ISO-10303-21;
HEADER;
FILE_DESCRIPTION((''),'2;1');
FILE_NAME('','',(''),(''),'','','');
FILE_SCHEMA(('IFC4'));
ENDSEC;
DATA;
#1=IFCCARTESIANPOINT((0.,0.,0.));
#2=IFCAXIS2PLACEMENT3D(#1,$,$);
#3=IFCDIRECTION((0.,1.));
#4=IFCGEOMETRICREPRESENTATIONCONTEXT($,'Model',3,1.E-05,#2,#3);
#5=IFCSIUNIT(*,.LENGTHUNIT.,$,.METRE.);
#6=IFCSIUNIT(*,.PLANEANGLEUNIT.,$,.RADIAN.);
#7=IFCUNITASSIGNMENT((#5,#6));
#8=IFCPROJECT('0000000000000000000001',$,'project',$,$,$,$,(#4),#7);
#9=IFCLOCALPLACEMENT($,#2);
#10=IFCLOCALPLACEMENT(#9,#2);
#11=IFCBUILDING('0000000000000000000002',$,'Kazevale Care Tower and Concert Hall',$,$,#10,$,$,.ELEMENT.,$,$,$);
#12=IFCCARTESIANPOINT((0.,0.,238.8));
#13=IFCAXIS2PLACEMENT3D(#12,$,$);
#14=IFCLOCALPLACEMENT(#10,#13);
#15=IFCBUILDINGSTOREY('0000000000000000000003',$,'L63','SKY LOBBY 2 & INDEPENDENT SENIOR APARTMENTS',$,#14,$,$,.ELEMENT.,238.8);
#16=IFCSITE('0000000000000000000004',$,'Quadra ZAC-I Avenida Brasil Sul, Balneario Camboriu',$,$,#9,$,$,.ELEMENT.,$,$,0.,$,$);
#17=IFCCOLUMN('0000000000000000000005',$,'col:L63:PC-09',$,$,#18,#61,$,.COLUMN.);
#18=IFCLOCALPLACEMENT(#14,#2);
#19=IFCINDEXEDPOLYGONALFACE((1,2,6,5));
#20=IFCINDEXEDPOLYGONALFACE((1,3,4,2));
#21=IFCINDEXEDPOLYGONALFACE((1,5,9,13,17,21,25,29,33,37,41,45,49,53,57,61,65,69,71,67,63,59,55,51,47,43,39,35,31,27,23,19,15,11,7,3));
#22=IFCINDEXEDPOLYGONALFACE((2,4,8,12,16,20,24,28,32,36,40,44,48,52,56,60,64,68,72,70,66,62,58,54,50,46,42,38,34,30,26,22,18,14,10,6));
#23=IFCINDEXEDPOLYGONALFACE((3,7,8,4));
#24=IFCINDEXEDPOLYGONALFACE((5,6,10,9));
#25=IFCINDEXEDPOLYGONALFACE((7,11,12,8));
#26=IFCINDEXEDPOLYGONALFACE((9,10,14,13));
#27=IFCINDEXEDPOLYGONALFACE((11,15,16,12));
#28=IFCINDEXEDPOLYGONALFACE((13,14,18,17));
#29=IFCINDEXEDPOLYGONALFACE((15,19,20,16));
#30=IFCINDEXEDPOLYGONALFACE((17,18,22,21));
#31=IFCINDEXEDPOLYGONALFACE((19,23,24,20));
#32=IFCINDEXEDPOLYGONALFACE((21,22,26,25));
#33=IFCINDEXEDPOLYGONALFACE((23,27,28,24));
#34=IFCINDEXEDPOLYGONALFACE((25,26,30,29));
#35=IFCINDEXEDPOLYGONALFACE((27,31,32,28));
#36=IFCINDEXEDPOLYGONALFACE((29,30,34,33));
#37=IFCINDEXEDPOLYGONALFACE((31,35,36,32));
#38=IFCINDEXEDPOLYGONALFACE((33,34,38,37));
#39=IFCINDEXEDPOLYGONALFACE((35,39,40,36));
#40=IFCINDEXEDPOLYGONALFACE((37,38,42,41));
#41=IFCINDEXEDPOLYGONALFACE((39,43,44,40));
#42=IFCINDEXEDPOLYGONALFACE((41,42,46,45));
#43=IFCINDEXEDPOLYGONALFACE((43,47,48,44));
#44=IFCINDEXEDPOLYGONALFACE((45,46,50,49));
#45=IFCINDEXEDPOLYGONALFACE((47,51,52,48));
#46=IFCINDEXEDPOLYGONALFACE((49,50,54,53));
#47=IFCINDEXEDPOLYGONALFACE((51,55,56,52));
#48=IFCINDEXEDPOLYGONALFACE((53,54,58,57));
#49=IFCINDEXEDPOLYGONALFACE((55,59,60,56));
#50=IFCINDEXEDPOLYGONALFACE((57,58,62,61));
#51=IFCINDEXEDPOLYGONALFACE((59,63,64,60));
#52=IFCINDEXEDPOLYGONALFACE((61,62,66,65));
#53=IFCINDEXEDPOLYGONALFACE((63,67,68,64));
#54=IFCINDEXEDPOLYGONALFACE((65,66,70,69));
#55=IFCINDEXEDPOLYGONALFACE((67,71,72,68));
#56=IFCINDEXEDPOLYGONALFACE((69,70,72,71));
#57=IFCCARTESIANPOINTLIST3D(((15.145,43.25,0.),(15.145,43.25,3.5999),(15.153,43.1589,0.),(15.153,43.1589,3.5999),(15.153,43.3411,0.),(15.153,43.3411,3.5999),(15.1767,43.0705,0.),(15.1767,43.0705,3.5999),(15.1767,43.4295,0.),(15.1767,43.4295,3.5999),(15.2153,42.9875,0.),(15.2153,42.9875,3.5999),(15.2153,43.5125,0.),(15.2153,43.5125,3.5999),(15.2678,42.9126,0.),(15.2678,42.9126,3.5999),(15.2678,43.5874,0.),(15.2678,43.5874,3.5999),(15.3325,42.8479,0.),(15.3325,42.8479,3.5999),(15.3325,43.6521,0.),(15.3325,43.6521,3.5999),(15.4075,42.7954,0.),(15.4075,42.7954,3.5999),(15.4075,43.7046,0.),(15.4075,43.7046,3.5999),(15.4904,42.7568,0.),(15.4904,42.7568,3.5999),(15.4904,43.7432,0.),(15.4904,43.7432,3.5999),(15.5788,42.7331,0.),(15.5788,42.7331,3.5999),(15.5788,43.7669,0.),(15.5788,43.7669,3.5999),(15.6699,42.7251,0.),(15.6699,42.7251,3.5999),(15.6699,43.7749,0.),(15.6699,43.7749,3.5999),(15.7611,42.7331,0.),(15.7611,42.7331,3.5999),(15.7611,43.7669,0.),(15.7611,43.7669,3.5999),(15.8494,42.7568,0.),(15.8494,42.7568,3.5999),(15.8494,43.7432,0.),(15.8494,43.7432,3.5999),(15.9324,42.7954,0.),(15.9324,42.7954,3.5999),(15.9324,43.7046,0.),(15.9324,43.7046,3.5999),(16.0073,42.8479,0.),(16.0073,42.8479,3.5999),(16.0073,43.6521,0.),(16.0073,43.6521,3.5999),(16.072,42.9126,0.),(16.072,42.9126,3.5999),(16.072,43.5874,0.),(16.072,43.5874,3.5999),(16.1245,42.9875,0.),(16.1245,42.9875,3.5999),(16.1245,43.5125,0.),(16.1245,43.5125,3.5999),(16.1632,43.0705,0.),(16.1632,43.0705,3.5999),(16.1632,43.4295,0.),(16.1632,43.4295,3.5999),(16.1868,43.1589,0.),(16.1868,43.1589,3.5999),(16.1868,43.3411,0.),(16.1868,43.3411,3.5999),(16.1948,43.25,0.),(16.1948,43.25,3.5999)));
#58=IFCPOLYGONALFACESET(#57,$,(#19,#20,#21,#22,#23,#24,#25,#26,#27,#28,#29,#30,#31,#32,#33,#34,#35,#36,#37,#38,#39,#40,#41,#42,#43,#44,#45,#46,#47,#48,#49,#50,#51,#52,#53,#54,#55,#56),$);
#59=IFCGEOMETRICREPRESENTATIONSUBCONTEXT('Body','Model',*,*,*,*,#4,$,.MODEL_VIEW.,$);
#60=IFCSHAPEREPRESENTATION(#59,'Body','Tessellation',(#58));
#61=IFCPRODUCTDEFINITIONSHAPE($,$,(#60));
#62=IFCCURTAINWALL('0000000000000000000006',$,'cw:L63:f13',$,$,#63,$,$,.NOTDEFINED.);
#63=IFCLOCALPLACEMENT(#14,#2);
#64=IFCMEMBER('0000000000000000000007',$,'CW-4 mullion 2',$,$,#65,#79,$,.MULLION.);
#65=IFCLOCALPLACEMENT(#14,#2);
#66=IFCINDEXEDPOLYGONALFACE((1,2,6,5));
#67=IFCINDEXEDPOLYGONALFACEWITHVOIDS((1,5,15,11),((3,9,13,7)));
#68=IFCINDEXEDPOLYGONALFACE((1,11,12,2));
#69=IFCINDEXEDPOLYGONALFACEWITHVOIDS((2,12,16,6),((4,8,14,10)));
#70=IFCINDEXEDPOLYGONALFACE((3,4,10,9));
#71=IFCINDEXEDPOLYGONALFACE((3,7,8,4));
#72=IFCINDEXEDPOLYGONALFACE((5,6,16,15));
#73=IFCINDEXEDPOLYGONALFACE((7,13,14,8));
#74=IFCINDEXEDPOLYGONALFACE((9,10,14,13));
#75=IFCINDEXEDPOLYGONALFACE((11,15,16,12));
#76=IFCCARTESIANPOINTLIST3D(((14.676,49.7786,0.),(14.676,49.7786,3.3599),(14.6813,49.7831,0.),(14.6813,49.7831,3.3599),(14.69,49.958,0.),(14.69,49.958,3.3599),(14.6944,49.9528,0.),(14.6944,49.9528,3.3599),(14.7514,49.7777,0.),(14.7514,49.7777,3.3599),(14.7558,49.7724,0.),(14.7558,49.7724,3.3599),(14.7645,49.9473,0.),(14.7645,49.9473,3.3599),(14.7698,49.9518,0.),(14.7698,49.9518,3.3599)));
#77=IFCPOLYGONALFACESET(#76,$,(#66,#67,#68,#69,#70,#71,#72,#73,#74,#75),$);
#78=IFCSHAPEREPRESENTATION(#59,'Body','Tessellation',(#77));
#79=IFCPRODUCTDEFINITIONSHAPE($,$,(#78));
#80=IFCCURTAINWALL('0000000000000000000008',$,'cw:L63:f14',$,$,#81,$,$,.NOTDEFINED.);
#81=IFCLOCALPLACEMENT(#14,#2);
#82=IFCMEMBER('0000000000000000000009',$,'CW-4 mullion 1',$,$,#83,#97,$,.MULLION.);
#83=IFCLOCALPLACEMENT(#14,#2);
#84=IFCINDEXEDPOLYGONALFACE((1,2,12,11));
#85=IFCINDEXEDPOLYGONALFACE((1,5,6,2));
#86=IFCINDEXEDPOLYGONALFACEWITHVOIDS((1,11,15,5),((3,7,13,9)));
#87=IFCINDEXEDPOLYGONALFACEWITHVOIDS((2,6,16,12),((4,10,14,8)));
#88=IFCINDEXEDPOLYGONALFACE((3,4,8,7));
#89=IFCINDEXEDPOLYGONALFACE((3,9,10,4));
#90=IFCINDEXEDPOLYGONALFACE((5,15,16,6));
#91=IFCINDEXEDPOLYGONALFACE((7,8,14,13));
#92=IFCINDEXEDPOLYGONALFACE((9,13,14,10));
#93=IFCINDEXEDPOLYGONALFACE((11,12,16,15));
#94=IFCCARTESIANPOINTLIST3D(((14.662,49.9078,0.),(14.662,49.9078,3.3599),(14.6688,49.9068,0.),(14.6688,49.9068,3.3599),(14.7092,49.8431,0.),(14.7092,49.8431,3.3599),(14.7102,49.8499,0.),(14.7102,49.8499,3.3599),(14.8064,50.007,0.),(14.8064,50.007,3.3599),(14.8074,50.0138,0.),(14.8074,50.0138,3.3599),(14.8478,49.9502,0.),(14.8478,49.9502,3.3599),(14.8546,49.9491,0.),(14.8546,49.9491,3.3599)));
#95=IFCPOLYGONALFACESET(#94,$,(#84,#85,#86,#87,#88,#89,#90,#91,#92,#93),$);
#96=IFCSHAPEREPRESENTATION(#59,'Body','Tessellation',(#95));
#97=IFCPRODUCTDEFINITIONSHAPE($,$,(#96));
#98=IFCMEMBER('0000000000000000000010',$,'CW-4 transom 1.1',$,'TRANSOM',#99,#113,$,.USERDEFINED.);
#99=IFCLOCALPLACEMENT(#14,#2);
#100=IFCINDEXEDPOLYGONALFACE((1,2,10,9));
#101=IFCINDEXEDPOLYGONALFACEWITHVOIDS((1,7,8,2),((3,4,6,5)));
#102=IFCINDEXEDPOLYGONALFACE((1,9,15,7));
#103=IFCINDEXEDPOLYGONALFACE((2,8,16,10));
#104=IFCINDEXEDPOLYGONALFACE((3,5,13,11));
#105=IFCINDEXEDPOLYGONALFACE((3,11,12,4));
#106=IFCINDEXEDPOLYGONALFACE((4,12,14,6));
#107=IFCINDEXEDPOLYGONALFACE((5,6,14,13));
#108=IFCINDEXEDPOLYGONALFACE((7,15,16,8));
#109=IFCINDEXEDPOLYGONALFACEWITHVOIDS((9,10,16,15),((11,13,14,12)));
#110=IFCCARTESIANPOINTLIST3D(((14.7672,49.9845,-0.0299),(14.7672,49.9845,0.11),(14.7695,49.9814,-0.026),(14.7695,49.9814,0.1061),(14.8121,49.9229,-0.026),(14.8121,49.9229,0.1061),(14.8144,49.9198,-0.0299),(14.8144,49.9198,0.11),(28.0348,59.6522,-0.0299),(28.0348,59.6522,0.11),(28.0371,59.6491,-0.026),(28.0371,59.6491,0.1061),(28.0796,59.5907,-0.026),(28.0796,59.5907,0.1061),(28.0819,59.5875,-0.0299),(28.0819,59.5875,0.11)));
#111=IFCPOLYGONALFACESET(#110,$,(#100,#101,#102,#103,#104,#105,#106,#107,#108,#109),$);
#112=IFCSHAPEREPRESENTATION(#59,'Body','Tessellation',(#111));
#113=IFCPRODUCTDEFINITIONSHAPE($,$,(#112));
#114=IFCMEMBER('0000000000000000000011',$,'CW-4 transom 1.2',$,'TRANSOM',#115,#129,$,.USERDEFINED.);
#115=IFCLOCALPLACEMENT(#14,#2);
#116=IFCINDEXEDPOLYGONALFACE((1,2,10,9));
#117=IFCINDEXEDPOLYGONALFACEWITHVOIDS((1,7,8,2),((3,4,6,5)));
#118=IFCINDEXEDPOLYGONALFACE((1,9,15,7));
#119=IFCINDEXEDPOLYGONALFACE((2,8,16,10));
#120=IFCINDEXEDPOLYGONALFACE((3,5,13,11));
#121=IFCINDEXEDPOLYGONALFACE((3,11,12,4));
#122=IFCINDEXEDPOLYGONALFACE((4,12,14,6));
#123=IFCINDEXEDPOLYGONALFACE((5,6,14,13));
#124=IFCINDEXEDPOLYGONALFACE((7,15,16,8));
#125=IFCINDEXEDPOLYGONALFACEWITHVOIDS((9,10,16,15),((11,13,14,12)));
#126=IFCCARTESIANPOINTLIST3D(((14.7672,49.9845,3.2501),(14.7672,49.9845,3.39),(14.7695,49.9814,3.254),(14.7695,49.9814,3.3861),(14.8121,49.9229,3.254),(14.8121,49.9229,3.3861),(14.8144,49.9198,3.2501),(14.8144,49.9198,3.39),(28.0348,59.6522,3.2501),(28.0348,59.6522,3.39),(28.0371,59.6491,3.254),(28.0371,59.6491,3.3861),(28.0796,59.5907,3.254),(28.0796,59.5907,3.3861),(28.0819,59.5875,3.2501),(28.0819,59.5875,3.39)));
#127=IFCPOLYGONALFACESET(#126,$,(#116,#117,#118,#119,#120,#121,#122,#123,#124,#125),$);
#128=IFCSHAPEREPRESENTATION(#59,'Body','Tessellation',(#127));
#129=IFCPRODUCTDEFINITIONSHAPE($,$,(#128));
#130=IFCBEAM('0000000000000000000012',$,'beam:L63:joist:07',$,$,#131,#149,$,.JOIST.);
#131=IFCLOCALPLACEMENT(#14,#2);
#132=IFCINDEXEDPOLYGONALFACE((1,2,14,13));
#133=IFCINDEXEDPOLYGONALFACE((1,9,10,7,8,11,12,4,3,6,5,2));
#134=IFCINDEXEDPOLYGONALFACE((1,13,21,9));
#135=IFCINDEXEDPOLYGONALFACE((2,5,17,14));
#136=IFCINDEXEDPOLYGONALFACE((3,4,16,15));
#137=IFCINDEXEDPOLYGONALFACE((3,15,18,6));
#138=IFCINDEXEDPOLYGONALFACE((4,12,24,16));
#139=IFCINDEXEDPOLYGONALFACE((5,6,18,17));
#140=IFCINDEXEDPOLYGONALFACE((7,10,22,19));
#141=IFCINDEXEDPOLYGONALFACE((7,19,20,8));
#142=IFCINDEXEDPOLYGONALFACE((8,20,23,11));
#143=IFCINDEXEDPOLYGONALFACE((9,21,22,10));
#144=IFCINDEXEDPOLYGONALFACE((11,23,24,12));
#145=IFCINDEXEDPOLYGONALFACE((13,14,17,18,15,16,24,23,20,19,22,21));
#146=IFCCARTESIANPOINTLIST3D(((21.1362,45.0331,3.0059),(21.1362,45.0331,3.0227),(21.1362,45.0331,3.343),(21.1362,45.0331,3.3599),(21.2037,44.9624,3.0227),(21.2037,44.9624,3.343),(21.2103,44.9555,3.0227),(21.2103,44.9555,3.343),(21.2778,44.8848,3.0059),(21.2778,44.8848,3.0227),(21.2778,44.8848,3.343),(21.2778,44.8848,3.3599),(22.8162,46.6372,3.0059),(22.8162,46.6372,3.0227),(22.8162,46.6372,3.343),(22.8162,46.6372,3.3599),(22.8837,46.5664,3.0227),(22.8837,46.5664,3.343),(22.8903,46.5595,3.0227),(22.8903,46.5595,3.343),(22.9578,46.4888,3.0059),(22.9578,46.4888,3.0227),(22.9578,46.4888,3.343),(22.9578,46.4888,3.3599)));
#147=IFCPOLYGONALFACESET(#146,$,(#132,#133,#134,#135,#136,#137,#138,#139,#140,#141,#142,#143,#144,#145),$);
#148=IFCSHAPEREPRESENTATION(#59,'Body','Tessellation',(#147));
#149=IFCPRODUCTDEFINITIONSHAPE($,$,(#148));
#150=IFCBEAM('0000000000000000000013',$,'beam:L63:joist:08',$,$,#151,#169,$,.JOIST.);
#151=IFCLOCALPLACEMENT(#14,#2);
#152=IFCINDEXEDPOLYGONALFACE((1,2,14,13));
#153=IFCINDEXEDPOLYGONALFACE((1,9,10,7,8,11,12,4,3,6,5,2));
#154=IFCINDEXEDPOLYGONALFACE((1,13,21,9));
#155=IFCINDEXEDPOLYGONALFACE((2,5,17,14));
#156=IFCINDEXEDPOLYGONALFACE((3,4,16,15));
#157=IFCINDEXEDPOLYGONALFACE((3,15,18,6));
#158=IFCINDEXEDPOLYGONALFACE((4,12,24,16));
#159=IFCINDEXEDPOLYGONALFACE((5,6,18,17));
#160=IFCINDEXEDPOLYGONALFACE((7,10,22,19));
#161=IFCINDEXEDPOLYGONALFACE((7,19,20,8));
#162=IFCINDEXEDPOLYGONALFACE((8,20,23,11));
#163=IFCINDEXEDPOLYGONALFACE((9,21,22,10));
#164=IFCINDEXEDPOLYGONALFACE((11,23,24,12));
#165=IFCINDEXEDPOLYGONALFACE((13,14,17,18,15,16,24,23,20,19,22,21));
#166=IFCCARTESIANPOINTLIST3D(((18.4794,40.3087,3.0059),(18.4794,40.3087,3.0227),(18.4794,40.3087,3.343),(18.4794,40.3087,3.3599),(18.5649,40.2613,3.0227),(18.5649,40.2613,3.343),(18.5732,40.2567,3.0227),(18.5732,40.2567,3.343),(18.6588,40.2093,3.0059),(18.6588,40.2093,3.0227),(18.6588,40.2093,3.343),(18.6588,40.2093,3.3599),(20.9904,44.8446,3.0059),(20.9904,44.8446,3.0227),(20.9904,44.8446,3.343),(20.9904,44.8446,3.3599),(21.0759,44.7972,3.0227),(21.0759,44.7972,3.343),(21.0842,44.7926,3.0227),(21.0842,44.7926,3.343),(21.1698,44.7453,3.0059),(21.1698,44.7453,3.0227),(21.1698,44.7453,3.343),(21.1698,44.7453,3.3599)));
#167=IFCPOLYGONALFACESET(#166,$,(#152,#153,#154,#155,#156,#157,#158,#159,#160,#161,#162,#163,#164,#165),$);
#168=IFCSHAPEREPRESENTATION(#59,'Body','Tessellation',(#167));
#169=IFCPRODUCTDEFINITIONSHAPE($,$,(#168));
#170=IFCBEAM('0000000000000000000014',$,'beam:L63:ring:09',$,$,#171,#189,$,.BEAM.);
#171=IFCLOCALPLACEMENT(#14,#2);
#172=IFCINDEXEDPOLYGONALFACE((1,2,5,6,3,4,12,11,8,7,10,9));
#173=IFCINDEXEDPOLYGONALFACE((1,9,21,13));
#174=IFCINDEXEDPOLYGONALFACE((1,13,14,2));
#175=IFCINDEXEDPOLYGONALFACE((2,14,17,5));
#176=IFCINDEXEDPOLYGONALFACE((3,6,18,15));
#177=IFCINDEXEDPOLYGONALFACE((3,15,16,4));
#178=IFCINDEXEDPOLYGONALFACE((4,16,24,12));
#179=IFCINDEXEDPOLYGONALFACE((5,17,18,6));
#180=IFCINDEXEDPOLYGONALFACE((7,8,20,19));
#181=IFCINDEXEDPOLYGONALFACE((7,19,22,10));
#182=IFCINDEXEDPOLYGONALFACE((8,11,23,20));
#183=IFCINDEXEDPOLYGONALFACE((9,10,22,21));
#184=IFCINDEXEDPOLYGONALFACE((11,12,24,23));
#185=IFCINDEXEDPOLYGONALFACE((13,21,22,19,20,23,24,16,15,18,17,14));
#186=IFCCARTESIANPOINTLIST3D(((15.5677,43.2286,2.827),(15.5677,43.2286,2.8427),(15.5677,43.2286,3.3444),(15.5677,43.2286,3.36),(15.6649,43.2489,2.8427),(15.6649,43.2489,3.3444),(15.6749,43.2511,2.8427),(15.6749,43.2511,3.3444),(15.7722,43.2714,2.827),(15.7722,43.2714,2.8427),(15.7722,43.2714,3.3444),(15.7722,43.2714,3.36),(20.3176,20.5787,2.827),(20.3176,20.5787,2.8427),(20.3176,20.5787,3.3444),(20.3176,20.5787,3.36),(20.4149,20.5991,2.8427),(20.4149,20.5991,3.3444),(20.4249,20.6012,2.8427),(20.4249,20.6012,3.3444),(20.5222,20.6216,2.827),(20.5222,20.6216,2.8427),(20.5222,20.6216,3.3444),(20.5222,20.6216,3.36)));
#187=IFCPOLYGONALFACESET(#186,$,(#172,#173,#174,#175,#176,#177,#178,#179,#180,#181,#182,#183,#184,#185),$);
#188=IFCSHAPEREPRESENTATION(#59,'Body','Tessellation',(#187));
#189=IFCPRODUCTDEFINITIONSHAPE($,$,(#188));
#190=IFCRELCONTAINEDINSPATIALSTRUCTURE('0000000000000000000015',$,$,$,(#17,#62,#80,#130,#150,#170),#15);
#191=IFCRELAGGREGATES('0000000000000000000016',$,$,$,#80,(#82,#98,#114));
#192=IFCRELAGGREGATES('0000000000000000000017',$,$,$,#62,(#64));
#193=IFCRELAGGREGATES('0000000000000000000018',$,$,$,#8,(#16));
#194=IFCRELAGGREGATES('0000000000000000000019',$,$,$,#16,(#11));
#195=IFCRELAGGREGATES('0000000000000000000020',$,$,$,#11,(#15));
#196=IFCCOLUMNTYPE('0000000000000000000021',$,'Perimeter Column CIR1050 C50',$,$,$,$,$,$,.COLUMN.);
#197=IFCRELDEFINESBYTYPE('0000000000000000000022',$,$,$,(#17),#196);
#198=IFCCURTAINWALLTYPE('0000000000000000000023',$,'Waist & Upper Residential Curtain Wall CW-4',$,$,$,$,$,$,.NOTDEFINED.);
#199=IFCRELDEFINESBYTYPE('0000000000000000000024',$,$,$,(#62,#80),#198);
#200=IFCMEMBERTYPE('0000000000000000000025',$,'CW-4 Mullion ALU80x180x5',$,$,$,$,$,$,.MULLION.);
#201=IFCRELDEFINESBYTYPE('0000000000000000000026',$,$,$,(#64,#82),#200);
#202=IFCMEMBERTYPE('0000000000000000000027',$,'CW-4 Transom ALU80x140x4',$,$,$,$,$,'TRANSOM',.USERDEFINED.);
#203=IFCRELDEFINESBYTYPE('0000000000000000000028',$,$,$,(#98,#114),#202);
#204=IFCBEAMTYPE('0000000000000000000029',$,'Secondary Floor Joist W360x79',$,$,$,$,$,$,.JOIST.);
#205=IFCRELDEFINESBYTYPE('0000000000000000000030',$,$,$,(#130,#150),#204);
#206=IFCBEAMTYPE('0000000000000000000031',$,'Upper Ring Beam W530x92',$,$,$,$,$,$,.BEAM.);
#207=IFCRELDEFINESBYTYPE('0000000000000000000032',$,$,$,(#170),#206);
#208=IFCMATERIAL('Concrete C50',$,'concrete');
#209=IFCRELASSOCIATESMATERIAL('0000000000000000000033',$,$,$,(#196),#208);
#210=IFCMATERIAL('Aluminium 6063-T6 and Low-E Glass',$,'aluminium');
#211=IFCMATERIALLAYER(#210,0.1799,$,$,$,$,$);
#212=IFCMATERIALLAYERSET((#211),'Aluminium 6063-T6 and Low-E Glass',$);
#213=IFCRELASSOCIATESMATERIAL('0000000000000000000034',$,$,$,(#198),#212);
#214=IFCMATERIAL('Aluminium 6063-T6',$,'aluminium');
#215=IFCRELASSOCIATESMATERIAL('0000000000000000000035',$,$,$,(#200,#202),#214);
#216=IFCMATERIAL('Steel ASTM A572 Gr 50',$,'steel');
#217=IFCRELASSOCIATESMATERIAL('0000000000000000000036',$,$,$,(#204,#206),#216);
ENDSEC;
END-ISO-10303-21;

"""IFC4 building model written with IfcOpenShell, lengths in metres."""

from ifc_helpers import new_model, si_unit, direction, frame, origin, origin_2d, place, context, subcontext, project, spatial, hollow_rectangle, circle, i_section, extrude, material, layer, layer_set, material_profile, profile_set, type_object, element, aggregate, save


model = new_model("IFC4")

# Units and contexts
model_context = context("Model", 3, precision=1e-05, world=origin(), true_north=direction((0.0, 1.0)))
body_context = subcontext(model_context, "Body", "Model", "MODEL_VIEW")
ifc_project = project(units=[si_unit("LENGTHUNIT", "METRE"), si_unit("PLANEANGLEUNIT", "RADIAN")], contexts=[model_context])

# Site, building, storey
site_placement = place(None, origin())
site = spatial("IfcSite", under=ifc_project, at=site_placement, Name="Quadra ZAC-I Avenida Brasil Sul, Balneario Camboriu", CompositionType="ELEMENT", RefElevation=0.0)
building_placement = place(site_placement, origin())
building = spatial("IfcBuilding", under=site, at=building_placement, Name="Kazevale Care Tower and Concert Hall", CompositionType="ELEMENT")
storey_placement = place(building_placement, frame((0.0, 0.0, 238.8)))
storey = spatial("IfcBuildingStorey", under=building, at=storey_placement, Name="L63", Description="SKY LOBBY 2 & INDEPENDENT SENIOR APARTMENTS", CompositionType="ELEMENT", Elevation=238.8)

# Column
ifc_material_1 = material(Name="Concrete C50", Category="concrete")
ifc_material_profile_1 = material_profile(ifc_material_1, circle(Radius=0.5249, at=origin_2d()), Name="RC-CIR1050")
ifc_profile_set_1 = profile_set([ifc_material_profile_1], Name="Concrete C50")
column_type = type_object("IfcColumnType", Name="Perimeter Column CIR1050 C50", PredefinedType="COLUMN", material=ifc_profile_set_1)
column_placement = place(storey_placement, frame((15.6699, 43.25, 0.0), z_axis=(0.0, 0.0, 1.0), x_axis=(1.0, 0.0, 0.0)))
element("IfcColumn", 1, at=column_placement, inside=storey, type_object=column_type, Name="col:L63:PC-09", PredefinedType="COLUMN", context=body_context, shape_type="SweptSolid", body=[
    extrude(circle(Radius=0.5249, at=origin_2d()), origin(), (0.0, 0.0, 1.0), 3.5999),
])

# Curtain wall, member
ifc_material_2 = material(Name="Aluminium 6063-T6 and Low-E Glass", Category="aluminium")
ifc_layer_1 = layer(ifc_material_2, 0.1799)
ifc_layer_set_1 = layer_set([ifc_layer_1], Name="Aluminium 6063-T6 and Low-E Glass")
curtain_wall_type = type_object("IfcCurtainWallType", Name="Waist & Upper Residential Curtain Wall CW-4", PredefinedType="NOTDEFINED", material=ifc_layer_set_1)
curtain_wall_1_placement = place(storey_placement, origin())
curtain_wall_1 = element("IfcCurtainWall", 2, at=curtain_wall_1_placement, inside=storey, type_object=curtain_wall_type, Name="cw:L63:f13", PredefinedType="NOTDEFINED")
ifc_material_3 = material(Name="Aluminium 6063-T6", Category="aluminium")
ifc_material_profile_2 = material_profile(ifc_material_3, hollow_rectangle(XDim=0.0801, YDim=0.1799, WallThickness=0.0049, at=origin_2d()), Name="ALU80x180x5")
ifc_profile_set_2 = profile_set([ifc_material_profile_2], Name="Aluminium 6063-T6")
member_type_1 = type_object("IfcMemberType", Name="CW-4 Mullion ALU80x180x5", PredefinedType="MULLION", material=ifc_profile_set_2)
member_1_placement = place(storey_placement, frame((14.7229, 49.8652, 0.0), z_axis=(0.0, 0.0, 1.0), x_axis=(-0.996989, 0.077539, 0.0)))
member_1 = element("IfcMember", 3, at=member_1_placement, type_object=member_type_1, Name="CW-4 mullion 2", PredefinedType="MULLION", context=body_context, shape_type="SweptSolid", body=[
    extrude(hollow_rectangle(XDim=0.0801, YDim=0.1799, WallThickness=0.0049, at=origin_2d()), origin(), (0.0, 0.0, 1.0), 3.3599),
])

# Curtain wall, members
curtain_wall_2_placement = place(storey_placement, origin())
curtain_wall_2 = element("IfcCurtainWall", 4, at=curtain_wall_2_placement, inside=storey, type_object=curtain_wall_type, Name="cw:L63:f14", PredefinedType="NOTDEFINED")
member_2_placement = place(storey_placement, frame((14.7583, 49.9285, 0.0), z_axis=(0.0, 0.0, 1.0), x_axis=(-0.58891, 0.808198, 0.0)))
member_2 = element("IfcMember", 5, at=member_2_placement, type_object=member_type_1, Name="CW-4 mullion 1", PredefinedType="MULLION", context=body_context, shape_type="SweptSolid", body=[
    extrude(hollow_rectangle(XDim=0.0801, YDim=0.1799, WallThickness=0.0049, at=origin_2d()), origin(), (0.0, 0.0, 1.0), 3.3599),
])
ifc_material_profile_3 = material_profile(ifc_material_3, hollow_rectangle(XDim=0.0801, YDim=0.1399, WallThickness=0.0039, at=origin_2d()), Name="ALU80x140x4")
ifc_profile_set_3 = profile_set([ifc_material_profile_3], Name="Aluminium 6063-T6")
member_type_2 = type_object("IfcMemberType", Name="CW-4 Transom ALU80x140x4", ElementType="TRANSOM", PredefinedType="USERDEFINED", material=ifc_profile_set_3)
member_3_placement = place(storey_placement, frame((14.7908, 49.9521, 0.04), z_axis=(0.808197, 0.588912, 0.0), x_axis=(-0.588912, 0.808197, 0.0)))
member_3 = element("IfcMember", 6, at=member_3_placement, type_object=member_type_2, Name="CW-4 transom 1.1", ObjectType="TRANSOM", PredefinedType="USERDEFINED", context=body_context, shape_type="SweptSolid", body=[
    extrude(hollow_rectangle(XDim=0.0801, YDim=0.1399, WallThickness=0.0039, at=origin_2d()), origin(), (0.0, 0.0, 1.0), 16.4163),
])
member_4_placement = place(storey_placement, frame((14.7908, 49.9521, 3.3201), z_axis=(0.808197, 0.588912, 0.0), x_axis=(-0.588912, 0.808197, 0.0)))
member_4 = element("IfcMember", 7, at=member_4_placement, type_object=member_type_2, Name="CW-4 transom 1.2", ObjectType="TRANSOM", PredefinedType="USERDEFINED", context=body_context, shape_type="SweptSolid", body=[
    extrude(hollow_rectangle(XDim=0.0801, YDim=0.1399, WallThickness=0.0039, at=origin_2d()), origin(), (0.0, 0.0, 1.0), 16.4163),
])
aggregate(curtain_wall_2, [member_2, member_3, member_4])

# Beams
ifc_material_4 = material(Name="Steel ASTM A572 Gr 50", Category="steel")
ifc_material_profile_4 = material_profile(ifc_material_4, i_section(OverallWidth=0.2051, OverallDepth=0.354, WebThickness=0.0095, FlangeThickness=0.0168, at=origin_2d()), Name="W360x79")
ifc_profile_set_4 = profile_set([ifc_material_profile_4], Name="Steel ASTM A572 Gr 50")
beam_type_1 = type_object("IfcBeamType", Name="Secondary Floor Joist W360x79", PredefinedType="JOIST", material=ifc_profile_set_4)
beam_1_placement = place(storey_placement, frame((22.887, 46.563, 3.1829), z_axis=(-0.723262, -0.690573, 0.0), x_axis=(0.690573, -0.723262, 0.0)))
element("IfcBeam", 8, at=beam_1_placement, inside=storey, type_object=beam_type_1, Name="beam:L63:joist:07", PredefinedType="JOIST", context=body_context, shape_type="SweptSolid", body=[
    extrude(i_section(OverallWidth=0.2051, OverallDepth=0.354, WebThickness=0.0095, FlangeThickness=0.0168, at=origin_2d()), origin(), (0.0, 0.0, 1.0), 2.3228),
])
beam_2_placement = place(storey_placement, frame((21.0801, 44.7949, 3.1829), z_axis=(-0.484323, -0.874889, 0.0), x_axis=(0.874889, -0.484323, 0.0)))
element("IfcBeam", 9, at=beam_2_placement, inside=storey, type_object=beam_type_1, Name="beam:L63:joist:08", PredefinedType="JOIST", context=body_context, shape_type="SweptSolid", body=[
    extrude(i_section(OverallWidth=0.2051, OverallDepth=0.354, WebThickness=0.0095, FlangeThickness=0.0168, at=origin_2d()), origin(), (0.0, 0.0, 1.0), 5.1846),
])
ifc_material_profile_5 = material_profile(ifc_material_4, i_section(OverallWidth=0.209, OverallDepth=0.533, WebThickness=0.0103, FlangeThickness=0.0156, at=origin_2d()), Name="W530x92")
ifc_profile_set_5 = profile_set([ifc_material_profile_5], Name="Steel ASTM A572 Gr 50")
beam_type_2 = type_object("IfcBeamType", Name="Upper Ring Beam W530x92", PredefinedType="BEAM", material=ifc_profile_set_5)
beam_3_placement = place(storey_placement, frame((15.6699, 43.25, 3.0935), z_axis=(0.205249, -0.97871, 0.0), x_axis=(0.97871, 0.205249, 0.0)))
element("IfcBeam", 10, at=beam_3_placement, inside=storey, type_object=beam_type_2, Name="beam:L63:ring:09", PredefinedType="BEAM", context=body_context, shape_type="SweptSolid", body=[
    extrude(i_section(OverallWidth=0.209, OverallDepth=0.533, WebThickness=0.0103, FlangeThickness=0.0156, at=origin_2d()), origin(), (0.0, 0.0, 1.0), 23.1426),
])

aggregate(curtain_wall_1, [member_1])

save(model, "model.ifc")
